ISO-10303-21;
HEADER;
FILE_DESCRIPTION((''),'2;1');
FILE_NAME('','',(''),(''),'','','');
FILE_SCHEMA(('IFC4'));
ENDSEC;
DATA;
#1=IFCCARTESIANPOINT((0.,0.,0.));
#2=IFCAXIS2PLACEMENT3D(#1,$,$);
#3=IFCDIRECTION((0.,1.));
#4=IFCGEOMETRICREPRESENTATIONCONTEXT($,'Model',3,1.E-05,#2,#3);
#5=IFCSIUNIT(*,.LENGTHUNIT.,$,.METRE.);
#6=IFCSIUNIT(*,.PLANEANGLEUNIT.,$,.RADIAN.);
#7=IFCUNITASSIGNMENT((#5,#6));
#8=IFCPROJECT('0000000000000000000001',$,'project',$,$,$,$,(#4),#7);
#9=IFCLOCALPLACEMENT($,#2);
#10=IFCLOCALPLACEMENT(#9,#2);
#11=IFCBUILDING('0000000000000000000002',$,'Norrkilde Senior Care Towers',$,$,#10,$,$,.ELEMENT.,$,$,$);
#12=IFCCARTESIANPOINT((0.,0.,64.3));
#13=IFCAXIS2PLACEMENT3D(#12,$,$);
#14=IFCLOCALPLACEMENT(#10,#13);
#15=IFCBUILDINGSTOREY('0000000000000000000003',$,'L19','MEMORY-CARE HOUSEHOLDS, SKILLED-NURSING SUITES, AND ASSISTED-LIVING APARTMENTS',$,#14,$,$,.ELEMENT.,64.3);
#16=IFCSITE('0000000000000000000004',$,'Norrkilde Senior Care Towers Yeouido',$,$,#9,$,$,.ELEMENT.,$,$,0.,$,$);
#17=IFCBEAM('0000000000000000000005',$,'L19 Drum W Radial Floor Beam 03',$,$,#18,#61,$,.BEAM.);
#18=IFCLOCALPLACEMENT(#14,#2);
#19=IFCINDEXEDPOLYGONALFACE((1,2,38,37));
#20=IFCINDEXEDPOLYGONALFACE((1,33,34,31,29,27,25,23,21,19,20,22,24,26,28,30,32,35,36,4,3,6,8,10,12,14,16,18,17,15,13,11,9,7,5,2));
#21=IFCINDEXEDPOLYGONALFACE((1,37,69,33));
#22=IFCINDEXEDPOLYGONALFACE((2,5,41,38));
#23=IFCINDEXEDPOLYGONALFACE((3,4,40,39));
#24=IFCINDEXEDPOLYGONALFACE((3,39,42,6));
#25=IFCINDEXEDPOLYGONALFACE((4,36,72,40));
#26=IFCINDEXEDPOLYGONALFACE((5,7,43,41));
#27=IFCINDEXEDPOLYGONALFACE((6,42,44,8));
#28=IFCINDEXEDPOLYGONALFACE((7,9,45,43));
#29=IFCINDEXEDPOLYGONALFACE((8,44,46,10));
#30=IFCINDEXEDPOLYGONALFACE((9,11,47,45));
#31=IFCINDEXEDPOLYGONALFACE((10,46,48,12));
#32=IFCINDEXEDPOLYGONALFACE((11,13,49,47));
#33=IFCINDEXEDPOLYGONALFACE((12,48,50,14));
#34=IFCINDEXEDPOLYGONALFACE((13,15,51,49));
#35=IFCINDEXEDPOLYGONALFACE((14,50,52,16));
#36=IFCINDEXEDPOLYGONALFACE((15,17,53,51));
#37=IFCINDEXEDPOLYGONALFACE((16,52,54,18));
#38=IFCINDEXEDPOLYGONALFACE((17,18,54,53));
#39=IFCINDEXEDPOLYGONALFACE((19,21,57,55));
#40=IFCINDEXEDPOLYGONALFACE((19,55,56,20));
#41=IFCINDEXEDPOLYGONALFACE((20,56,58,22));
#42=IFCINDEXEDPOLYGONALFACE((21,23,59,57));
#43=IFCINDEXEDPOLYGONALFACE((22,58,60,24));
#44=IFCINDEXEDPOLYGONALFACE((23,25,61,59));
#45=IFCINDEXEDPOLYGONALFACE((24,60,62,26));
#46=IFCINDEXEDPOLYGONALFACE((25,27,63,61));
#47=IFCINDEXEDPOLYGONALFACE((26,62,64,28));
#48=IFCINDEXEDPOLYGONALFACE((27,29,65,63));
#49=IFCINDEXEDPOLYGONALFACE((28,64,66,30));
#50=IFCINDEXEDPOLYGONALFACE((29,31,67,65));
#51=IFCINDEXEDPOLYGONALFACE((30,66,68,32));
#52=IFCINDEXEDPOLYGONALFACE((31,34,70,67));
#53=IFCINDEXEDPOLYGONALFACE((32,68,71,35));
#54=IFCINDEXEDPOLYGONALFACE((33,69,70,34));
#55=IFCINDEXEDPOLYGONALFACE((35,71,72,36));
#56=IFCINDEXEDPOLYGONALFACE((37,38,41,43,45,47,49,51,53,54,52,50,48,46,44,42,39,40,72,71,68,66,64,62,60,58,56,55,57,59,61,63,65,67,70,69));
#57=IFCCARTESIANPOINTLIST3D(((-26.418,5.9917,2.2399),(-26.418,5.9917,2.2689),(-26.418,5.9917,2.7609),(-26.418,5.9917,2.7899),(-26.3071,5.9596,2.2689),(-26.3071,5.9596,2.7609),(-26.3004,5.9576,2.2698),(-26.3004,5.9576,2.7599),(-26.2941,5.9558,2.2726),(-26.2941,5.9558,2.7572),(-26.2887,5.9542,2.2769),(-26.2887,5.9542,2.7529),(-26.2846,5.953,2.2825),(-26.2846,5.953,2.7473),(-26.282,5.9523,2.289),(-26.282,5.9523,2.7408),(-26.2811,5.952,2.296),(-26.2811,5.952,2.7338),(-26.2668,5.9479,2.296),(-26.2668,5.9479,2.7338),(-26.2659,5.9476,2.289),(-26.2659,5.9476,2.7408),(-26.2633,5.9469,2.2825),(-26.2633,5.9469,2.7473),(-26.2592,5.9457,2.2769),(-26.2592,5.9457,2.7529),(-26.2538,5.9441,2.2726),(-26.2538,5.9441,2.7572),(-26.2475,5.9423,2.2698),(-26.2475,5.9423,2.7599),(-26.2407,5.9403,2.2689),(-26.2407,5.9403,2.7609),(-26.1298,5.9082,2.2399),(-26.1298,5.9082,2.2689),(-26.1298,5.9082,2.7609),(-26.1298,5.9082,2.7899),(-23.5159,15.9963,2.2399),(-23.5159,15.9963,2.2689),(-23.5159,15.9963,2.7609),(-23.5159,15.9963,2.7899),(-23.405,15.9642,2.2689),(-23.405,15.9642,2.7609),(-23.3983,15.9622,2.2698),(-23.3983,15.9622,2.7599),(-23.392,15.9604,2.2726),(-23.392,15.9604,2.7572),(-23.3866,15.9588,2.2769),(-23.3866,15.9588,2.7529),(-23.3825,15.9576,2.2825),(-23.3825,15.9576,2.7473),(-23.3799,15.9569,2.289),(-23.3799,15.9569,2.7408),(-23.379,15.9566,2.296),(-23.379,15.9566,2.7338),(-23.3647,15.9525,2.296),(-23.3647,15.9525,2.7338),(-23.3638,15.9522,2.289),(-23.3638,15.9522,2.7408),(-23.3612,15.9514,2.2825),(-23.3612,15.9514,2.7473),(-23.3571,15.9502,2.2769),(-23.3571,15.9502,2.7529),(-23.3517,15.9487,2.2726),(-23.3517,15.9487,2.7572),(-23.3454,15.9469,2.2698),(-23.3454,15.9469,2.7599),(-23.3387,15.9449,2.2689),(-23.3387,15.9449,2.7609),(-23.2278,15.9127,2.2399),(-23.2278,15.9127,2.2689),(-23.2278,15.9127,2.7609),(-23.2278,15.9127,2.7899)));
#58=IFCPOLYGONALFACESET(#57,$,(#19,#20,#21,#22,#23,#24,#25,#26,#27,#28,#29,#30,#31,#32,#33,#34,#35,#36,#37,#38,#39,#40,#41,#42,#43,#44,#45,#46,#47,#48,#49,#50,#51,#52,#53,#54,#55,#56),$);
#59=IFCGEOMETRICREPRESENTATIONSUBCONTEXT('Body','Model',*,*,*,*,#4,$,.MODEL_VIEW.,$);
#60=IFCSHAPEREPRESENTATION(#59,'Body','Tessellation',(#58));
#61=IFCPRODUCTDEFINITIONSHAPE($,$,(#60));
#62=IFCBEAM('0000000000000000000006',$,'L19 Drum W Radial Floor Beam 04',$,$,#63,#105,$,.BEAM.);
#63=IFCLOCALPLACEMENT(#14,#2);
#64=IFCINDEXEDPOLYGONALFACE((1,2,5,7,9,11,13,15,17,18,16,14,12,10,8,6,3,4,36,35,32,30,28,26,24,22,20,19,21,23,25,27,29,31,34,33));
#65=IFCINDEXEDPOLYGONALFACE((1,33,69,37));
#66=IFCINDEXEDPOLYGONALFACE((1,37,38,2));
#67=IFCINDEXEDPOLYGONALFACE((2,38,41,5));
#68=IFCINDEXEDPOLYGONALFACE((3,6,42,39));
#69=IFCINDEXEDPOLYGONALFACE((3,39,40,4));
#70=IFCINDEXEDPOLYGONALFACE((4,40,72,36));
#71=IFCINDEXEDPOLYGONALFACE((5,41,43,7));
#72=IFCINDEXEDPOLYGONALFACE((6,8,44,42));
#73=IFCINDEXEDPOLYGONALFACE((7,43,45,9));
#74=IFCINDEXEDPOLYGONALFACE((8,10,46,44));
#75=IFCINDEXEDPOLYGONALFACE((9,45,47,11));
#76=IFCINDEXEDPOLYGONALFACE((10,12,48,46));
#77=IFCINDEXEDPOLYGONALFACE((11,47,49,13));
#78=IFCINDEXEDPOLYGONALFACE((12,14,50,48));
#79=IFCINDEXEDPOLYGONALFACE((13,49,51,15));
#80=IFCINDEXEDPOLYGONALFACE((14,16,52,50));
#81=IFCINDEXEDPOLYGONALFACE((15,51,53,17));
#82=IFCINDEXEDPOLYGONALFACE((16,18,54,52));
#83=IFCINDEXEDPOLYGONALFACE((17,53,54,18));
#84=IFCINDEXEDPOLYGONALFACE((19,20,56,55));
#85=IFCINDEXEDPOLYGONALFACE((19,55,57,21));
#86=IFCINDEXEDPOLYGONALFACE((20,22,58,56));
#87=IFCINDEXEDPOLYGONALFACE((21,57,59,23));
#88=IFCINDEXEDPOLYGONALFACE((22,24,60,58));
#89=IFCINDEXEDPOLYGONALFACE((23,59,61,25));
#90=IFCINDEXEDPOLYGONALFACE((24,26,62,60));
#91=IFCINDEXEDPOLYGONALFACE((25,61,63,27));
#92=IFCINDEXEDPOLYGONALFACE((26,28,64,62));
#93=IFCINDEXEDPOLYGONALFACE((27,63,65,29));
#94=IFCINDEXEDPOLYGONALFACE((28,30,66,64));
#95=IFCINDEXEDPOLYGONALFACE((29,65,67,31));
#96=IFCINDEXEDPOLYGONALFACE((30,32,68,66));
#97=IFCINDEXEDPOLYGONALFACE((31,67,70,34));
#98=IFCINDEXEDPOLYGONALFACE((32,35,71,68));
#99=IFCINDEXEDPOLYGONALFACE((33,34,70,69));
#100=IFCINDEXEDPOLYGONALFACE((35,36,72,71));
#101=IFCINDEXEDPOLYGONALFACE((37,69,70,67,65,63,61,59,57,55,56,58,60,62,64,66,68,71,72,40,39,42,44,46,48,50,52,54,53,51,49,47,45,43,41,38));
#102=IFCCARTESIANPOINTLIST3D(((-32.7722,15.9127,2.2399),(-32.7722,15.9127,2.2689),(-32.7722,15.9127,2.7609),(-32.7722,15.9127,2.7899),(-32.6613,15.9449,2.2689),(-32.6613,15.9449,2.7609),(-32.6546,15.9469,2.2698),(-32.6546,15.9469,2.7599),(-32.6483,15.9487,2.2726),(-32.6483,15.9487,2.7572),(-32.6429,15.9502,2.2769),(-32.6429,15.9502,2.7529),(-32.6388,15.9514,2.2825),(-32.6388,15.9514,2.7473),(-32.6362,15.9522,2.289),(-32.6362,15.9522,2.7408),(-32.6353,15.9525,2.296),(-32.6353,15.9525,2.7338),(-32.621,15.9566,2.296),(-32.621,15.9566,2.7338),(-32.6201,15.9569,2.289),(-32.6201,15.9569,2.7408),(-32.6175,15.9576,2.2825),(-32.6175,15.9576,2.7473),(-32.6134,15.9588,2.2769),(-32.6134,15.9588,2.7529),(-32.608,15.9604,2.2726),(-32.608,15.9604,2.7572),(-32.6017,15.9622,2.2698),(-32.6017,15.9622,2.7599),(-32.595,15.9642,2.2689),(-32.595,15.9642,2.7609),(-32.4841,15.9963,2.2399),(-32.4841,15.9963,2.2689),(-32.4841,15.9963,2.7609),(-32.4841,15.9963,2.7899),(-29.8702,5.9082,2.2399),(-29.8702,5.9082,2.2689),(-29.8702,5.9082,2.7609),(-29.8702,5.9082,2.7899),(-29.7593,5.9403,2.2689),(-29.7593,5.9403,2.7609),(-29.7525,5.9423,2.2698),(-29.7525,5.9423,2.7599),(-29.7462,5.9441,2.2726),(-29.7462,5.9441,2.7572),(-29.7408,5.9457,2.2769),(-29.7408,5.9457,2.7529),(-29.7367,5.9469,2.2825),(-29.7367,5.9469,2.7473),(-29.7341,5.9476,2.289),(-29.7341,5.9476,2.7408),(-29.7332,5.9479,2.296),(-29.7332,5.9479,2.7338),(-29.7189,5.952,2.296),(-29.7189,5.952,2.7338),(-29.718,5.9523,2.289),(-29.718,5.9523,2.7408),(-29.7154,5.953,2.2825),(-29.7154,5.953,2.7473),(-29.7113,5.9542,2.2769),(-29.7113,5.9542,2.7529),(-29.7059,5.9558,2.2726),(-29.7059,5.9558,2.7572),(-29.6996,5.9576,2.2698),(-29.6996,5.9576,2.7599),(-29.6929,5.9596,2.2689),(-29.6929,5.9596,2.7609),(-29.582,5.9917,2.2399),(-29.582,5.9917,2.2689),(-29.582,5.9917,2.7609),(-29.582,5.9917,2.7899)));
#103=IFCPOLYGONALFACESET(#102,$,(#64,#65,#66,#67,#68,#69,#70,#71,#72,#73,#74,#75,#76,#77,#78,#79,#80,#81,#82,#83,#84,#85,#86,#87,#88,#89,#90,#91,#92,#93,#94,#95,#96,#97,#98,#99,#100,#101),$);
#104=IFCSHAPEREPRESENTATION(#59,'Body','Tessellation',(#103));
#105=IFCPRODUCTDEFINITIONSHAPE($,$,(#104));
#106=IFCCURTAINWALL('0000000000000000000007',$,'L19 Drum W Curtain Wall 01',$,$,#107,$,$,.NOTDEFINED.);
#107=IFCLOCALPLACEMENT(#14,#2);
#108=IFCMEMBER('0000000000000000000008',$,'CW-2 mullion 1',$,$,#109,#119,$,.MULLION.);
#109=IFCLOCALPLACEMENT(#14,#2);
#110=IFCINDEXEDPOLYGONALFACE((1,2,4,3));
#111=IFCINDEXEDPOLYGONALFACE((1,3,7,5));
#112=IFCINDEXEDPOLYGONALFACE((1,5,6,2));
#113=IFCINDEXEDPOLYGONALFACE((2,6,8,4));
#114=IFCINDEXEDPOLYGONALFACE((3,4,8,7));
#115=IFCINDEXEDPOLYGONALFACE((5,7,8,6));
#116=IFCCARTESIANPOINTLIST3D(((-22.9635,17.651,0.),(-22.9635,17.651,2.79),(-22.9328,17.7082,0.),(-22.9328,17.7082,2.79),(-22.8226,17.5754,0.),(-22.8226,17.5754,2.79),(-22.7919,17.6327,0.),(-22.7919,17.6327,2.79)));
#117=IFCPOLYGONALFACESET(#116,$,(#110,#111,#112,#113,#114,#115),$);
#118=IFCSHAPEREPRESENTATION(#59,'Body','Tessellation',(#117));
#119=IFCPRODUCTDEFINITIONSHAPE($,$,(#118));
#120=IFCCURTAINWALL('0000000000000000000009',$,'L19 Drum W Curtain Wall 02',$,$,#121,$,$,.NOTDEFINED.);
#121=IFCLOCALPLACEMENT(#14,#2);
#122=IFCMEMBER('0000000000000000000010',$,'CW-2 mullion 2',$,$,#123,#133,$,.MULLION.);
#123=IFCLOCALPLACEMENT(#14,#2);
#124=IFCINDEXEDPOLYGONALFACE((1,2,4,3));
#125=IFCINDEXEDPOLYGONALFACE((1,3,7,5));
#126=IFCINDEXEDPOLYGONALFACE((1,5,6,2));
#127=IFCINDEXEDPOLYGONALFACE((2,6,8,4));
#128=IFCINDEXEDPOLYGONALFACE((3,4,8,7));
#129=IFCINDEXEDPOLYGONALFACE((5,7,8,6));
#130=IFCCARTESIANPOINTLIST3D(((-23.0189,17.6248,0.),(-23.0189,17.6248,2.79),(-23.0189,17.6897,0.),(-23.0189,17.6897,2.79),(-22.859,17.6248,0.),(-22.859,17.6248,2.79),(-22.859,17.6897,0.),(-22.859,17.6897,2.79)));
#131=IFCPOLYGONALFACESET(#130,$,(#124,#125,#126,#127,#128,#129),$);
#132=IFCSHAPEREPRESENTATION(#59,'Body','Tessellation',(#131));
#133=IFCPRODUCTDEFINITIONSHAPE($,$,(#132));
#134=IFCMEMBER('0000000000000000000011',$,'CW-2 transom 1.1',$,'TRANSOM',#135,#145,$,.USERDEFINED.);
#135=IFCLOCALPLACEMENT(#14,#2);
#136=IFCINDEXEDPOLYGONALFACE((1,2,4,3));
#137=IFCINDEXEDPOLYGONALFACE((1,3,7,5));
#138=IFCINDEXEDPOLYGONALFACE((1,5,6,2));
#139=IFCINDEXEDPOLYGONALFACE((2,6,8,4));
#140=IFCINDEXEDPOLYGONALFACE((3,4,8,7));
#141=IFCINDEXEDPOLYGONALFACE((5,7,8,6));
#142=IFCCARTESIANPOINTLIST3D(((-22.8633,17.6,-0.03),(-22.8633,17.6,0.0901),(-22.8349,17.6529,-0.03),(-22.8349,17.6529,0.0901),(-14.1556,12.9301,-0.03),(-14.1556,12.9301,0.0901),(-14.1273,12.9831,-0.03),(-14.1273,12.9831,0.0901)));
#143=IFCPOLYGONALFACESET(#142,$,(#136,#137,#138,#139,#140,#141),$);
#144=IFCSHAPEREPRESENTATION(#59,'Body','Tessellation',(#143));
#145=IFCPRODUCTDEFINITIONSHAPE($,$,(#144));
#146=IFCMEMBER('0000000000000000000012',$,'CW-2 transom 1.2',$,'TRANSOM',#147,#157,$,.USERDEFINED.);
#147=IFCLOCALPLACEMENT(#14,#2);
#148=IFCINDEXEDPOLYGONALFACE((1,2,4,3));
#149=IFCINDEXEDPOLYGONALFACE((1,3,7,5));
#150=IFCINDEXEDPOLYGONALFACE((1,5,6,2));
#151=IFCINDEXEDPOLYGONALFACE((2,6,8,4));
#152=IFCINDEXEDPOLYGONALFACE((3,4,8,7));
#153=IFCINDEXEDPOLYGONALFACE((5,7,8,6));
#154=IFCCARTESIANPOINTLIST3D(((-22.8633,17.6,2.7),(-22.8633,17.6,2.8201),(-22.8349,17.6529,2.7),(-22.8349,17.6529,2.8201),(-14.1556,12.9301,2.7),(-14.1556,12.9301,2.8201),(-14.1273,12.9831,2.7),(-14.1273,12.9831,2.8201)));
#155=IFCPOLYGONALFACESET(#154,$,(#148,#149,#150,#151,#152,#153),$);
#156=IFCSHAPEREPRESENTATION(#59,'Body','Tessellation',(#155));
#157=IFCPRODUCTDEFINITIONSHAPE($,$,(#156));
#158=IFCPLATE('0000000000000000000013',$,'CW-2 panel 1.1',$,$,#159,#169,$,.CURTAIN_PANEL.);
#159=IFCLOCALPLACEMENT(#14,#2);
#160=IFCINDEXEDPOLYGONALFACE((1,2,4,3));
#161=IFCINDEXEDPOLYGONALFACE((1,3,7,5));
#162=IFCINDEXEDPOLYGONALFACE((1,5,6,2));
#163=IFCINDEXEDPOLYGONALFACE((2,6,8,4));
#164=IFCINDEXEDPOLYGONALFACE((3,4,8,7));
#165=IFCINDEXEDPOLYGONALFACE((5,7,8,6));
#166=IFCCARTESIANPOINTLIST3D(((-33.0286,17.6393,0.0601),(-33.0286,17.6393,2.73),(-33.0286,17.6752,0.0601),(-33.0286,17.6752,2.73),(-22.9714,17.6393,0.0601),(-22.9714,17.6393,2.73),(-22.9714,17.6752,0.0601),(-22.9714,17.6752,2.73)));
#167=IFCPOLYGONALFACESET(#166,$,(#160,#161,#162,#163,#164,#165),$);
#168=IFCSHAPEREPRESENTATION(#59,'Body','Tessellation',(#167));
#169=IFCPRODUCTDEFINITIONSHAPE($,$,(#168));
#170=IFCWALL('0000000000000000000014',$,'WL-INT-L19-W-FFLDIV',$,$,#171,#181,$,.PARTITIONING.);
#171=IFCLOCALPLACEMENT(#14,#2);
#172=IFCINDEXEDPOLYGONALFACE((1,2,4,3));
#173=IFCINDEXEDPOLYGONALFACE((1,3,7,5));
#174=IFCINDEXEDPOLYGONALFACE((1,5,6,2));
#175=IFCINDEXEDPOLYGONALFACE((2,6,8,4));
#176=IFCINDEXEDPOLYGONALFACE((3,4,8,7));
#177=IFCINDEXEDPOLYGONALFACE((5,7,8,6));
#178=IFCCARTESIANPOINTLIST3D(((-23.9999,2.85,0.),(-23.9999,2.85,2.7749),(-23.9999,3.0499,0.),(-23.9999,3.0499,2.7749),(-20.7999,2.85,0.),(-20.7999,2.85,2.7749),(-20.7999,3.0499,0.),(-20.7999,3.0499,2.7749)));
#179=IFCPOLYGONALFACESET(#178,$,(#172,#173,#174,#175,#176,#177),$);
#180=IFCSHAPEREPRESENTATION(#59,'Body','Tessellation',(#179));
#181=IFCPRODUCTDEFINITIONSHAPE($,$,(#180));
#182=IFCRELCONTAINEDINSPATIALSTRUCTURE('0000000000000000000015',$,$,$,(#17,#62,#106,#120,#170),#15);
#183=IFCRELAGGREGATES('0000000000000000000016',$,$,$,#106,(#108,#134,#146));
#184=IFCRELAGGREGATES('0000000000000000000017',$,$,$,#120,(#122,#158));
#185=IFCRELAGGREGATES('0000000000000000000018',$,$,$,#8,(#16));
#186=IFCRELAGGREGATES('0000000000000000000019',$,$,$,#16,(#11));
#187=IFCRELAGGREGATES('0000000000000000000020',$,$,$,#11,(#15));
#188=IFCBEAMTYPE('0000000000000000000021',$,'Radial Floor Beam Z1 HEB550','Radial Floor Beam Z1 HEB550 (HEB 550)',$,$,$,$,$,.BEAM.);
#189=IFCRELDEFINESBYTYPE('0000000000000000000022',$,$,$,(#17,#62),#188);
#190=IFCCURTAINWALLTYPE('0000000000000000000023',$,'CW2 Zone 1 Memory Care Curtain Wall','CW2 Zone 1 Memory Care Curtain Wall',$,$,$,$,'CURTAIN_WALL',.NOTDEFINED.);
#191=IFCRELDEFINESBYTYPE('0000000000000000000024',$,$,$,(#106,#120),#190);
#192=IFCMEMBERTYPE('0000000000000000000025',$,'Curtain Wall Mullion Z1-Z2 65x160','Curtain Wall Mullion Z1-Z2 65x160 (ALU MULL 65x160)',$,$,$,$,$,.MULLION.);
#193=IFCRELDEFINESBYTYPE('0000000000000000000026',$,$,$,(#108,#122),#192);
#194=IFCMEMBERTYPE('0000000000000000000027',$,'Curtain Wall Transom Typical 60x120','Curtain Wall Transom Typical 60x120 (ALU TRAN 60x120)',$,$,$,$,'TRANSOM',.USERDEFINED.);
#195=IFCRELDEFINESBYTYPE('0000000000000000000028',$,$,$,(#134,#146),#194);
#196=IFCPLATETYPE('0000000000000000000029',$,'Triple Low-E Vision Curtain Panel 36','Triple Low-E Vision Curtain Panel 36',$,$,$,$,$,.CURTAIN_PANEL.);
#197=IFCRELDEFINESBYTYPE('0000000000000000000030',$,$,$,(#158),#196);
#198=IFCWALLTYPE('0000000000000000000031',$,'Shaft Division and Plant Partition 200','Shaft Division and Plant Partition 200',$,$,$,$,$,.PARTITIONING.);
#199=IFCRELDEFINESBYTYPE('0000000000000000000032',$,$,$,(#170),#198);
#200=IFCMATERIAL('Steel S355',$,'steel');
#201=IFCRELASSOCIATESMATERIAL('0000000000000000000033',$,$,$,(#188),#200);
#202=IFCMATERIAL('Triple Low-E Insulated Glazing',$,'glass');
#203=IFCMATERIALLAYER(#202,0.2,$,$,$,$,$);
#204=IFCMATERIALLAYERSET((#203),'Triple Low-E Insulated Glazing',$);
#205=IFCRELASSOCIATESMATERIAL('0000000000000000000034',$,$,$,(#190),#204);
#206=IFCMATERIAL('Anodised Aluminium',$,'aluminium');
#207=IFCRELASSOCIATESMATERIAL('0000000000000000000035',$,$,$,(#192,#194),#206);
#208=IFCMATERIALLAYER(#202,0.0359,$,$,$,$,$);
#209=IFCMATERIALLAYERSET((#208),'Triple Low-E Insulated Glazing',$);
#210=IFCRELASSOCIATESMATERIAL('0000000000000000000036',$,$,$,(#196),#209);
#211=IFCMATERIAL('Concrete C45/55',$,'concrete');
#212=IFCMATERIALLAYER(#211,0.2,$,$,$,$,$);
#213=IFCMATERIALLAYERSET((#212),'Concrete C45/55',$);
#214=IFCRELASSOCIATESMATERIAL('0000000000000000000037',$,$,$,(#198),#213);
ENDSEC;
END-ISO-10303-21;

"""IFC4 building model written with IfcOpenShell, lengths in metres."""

from ifc_helpers import new_model, si_unit, direction, frame, frame_2d, origin, origin_2d, place, context, subcontext, project, spatial, rectangle, i_section, extrude, source, transform, mapped, material, layer, layer_set, material_profile, profile_set, type_object, type_shapes, element, aggregate, save


model = new_model("IFC4")

# Units and contexts
model_context = context("Model", 3, precision=1e-05, world=origin(), true_north=direction((0.0, 1.0)))
body_context = subcontext(model_context, "Body", "Model", "MODEL_VIEW")
ifc_project = project(units=[si_unit("LENGTHUNIT", "METRE"), si_unit("PLANEANGLEUNIT", "RADIAN")], contexts=[model_context])

# Site, building, storey
site_placement = place(None, origin())
site = spatial("IfcSite", under=ifc_project, at=site_placement, Name="Norrkilde Senior Care Towers Yeouido", CompositionType="ELEMENT", RefElevation=0.0)
building_placement = place(site_placement, origin())
building = spatial("IfcBuilding", under=site, at=building_placement, Name="Norrkilde Senior Care Towers", CompositionType="ELEMENT")
storey_placement = place(building_placement, frame((0.0, 0.0, 64.3)))
storey = spatial("IfcBuildingStorey", under=building, at=storey_placement, Name="L19", Description="MEMORY-CARE HOUSEHOLDS, SKILLED-NURSING SUITES, AND ASSISTED-LIVING APARTMENTS", CompositionType="ELEMENT", Elevation=64.3)

# Beams
ifc_material_1 = material(Name="Steel S355", Category="steel")
ifc_material_profile_1 = material_profile(ifc_material_1, i_section(OverallWidth=0.3, OverallDepth=0.55, WebThickness=0.0149, FlangeThickness=0.0291, FilletRadius=0.0271, at=origin_2d()), Name="HEB 550")
ifc_profile_set_1 = profile_set([ifc_material_profile_1], Name="Steel S355")
beam_type_1 = type_object("IfcBeamType", Name="Radial Floor Beam Z1 HEB550", Description="Radial Floor Beam Z1 HEB550 (HEB 550)", PredefinedType="BEAM", material=ifc_profile_set_1)
shared_shape_1 = source(origin(), body_context, "Body", "SweptSolid", [
    extrude(i_section(OverallWidth=0.3, OverallDepth=0.55, WebThickness=0.0149, FlangeThickness=0.0291, FilletRadius=0.0271, at=origin_2d()), origin(), (0.0, 0.0, 1.0), 10.417),
])
for number, where, z_axis, x_axis, name in (
    (1, (-26.2739, 5.95, 2.5149), (0.278591, 0.96041, 0.0), (-0.96041, 0.278591, 0.0), "L19 Drum W Radial Floor Beam 03"),
    (2, (-29.7261, 5.95, 2.5149), (-0.278591, 0.96041, 0.0), (-0.96041, -0.278591, 0.0), "L19 Drum W Radial Floor Beam 04"),
):
    element("IfcBeam", number, at=place(storey_placement, frame(where, z_axis=z_axis, x_axis=x_axis)), inside=storey, type_object=beam_type_1, Name=name, PredefinedType="BEAM", context=body_context, shape_type="MappedRepresentation", body=[
        mapped(shared_shape_1, transform((0.0, 0.0, 0.0), x_axis=(1.0, 0.0, 0.0), y_axis=(0.0, 1.0, 0.0), z_axis=(0.0, 0.0, 1.0), scale=1.0)),
    ])

# Curtain walls, members
ifc_material_2 = material(Name="Triple Low-E Insulated Glazing", Category="glass")
ifc_layer_1 = layer(ifc_material_2, 0.2)
ifc_layer_set_1 = layer_set([ifc_layer_1], Name="Triple Low-E Insulated Glazing")
curtain_wall_type = type_object("IfcCurtainWallType", Name="CW2 Zone 1 Memory Care Curtain Wall", Description="CW2 Zone 1 Memory Care Curtain Wall", ElementType="CURTAIN_WALL", PredefinedType="NOTDEFINED", material=ifc_layer_set_1)
curtain_wall_1_placement = place(storey_placement, origin())
curtain_wall_1 = element("IfcCurtainWall", 3, at=curtain_wall_1_placement, inside=storey, type_object=curtain_wall_type, Name="L19 Drum W Curtain Wall 01", PredefinedType="NOTDEFINED")
ifc_material_3 = material(Name="Anodised Aluminium", Category="aluminium")
ifc_material_profile_2 = material_profile(ifc_material_3, rectangle(XDim=0.0649, YDim=0.1599, at=origin_2d()), Name="ALU MULL 65x160")
ifc_profile_set_2 = profile_set([ifc_material_profile_2], Name="Anodised Aluminium")
member_type_1 = type_object("IfcMemberType", Name="Curtain Wall Mullion Z1-Z2 65x160", Description="Curtain Wall Mullion Z1-Z2 65x160 (ALU MULL 65x160)", PredefinedType="MULLION", material=ifc_profile_set_2)
shared_shape_2 = source(origin(), body_context, "Body", "SweptSolid", [
    extrude(rectangle(XDim=0.0649, YDim=0.1599, at=origin_2d()), origin(), (0.0, 0.0, 1.0), 2.79),
])
type_shapes(member_type_1, [shared_shape_2])
member_1_placement = place(storey_placement, frame((-22.8777, 17.6418, 0.0), z_axis=(0.0, 0.0, 1.0), x_axis=(0.472608, 0.881273, 0.0)))
member_1 = element("IfcMember", 4, at=member_1_placement, type_object=member_type_1, Name="CW-2 mullion 1", PredefinedType="MULLION", context=body_context, shape_type="MappedRepresentation", body=[
    mapped(shared_shape_2, transform((0.0, 0.0, 0.0), x_axis=(1.0, 0.0, 0.0), y_axis=(0.0, 1.0, 0.0), z_axis=(0.0, 0.0, 1.0), scale=1.0)),
])
curtain_wall_2_placement = place(storey_placement, origin())
curtain_wall_2 = element("IfcCurtainWall", 5, at=curtain_wall_2_placement, inside=storey, type_object=curtain_wall_type, Name="L19 Drum W Curtain Wall 02", PredefinedType="NOTDEFINED")
member_2_placement = place(storey_placement, frame((-22.939, 17.6572, 0.0), z_axis=(0.0, 0.0, 1.0), x_axis=(0.0, 1.0, 0.0)))
member_2 = element("IfcMember", 6, at=member_2_placement, type_object=member_type_1, Name="CW-2 mullion 2", PredefinedType="MULLION", context=body_context, shape_type="MappedRepresentation", body=[
    mapped(shared_shape_2, transform((0.0, 0.0, 0.0), x_axis=(1.0, 0.0, 0.0), y_axis=(0.0, 1.0, 0.0), z_axis=(0.0, 0.0, 1.0), scale=1.0)),
])

# Members
ifc_material_profile_3 = material_profile(ifc_material_3, rectangle(XDim=0.0601, YDim=0.1201, at=origin_2d()), Name="ALU TRAN 60x120")
ifc_profile_set_3 = profile_set([ifc_material_profile_3], Name="Anodised Aluminium")
member_type_2 = type_object("IfcMemberType", Name="Curtain Wall Transom Typical 60x120", Description="Curtain Wall Transom Typical 60x120 (ALU TRAN 60x120)", ElementType="TRANSOM", PredefinedType="USERDEFINED", material=ifc_profile_set_3)
shared_shape_3 = source(origin(), body_context, "Body", "SweptSolid", [
    extrude(rectangle(XDim=0.0601, YDim=0.1201, at=origin_2d()), origin(), (0.0, 0.0, 1.0), 9.8809),
])
type_shapes(member_type_2, [shared_shape_3])
member_3_placement = place(storey_placement, frame((-22.8491, 17.6265, 0.03), z_axis=(0.881267, -0.472618, 0.0), x_axis=(0.472618, 0.881267, 0.0)))
member_3 = element("IfcMember", 7, at=member_3_placement, type_object=member_type_2, Name="CW-2 transom 1.1", ObjectType="TRANSOM", PredefinedType="USERDEFINED", context=body_context, shape_type="MappedRepresentation", body=[
    mapped(shared_shape_3, transform((0.0, 0.0, 0.0), x_axis=(1.0, 0.0, 0.0), y_axis=(0.0, 1.0, 0.0), z_axis=(0.0, 0.0, 1.0), scale=1.0)),
])
member_4_placement = place(storey_placement, frame((-22.8491, 17.6265, 2.76), z_axis=(0.881267, -0.472618, 0.0), x_axis=(0.472618, 0.881267, 0.0)))
member_4 = element("IfcMember", 8, at=member_4_placement, type_object=member_type_2, Name="CW-2 transom 1.2", ObjectType="TRANSOM", PredefinedType="USERDEFINED", context=body_context, shape_type="MappedRepresentation", body=[
    mapped(shared_shape_3, transform((0.0, 0.0, 0.0), x_axis=(1.0, 0.0, 0.0), y_axis=(0.0, 1.0, 0.0), z_axis=(0.0, 0.0, 1.0), scale=1.0)),
])
aggregate(curtain_wall_1, [member_1, member_3, member_4])

# Plate
ifc_layer_2 = layer(ifc_material_2, 0.0359)
ifc_layer_set_2 = layer_set([ifc_layer_2], Name="Triple Low-E Insulated Glazing")
plate_type = type_object("IfcPlateType", Name="Triple Low-E Vision Curtain Panel 36", Description="Triple Low-E Vision Curtain Panel 36", PredefinedType="CURTAIN_PANEL", material=ifc_layer_set_2)
shared_shape_4 = source(origin(), body_context, "Body", "SweptSolid", [
    extrude(rectangle(XDim=10.0571, YDim=0.0359, at=origin_2d()), origin(), (0.0, 0.0, 1.0), 2.6699),
])
type_shapes(plate_type, [shared_shape_4])
plate_placement = place(storey_placement, frame((-28.0, 17.6572, 0.0601), z_axis=(0.0, 0.0, 1.0), x_axis=(1.0, 0.0, 0.0)))
plate = element("IfcPlate", 9, at=plate_placement, type_object=plate_type, Name="CW-2 panel 1.1", PredefinedType="CURTAIN_PANEL", context=body_context, shape_type="MappedRepresentation", body=[
    mapped(shared_shape_4, transform((0.0, 0.0, 0.0), x_axis=(1.0, 0.0, 0.0), y_axis=(0.0, 1.0, 0.0), z_axis=(0.0, 0.0, 1.0), scale=1.0)),
])
aggregate(curtain_wall_2, [member_2, plate])

# Wall
ifc_material_4 = material(Name="Concrete C45/55", Category="concrete")
ifc_layer_3 = layer(ifc_material_4, 0.2)
ifc_layer_set_3 = layer_set([ifc_layer_3], Name="Concrete C45/55")
wall_type_1 = type_object("IfcWallType", Name="Shaft Division and Plant Partition 200", Description="Shaft Division and Plant Partition 200", PredefinedType="PARTITIONING", material=ifc_layer_set_3)
shared_shape_5 = source(origin(), body_context, "Body", "SweptSolid", [
    extrude(rectangle(XDim=3.2, YDim=0.2, at=frame_2d((1.6001, 0.0))), origin(), (0.0, 0.0, 1.0), 2.7749),
])
type_shapes(wall_type_1, [shared_shape_5])
wall_1_placement = place(storey_placement, frame((-24.0, 2.95, 0.0), z_axis=(0.0, 0.0, 1.0), x_axis=(1.0, 0.0, 0.0)))
element("IfcWall", 10, at=wall_1_placement, inside=storey, type_object=wall_type_1, Name="WL-INT-L19-W-FFLDIV", PredefinedType="PARTITIONING", context=body_context, shape_type="MappedRepresentation", body=[
    mapped(shared_shape_5, transform((0.0, 0.0, 0.0), x_axis=(1.0, 0.0, 0.0), y_axis=(0.0, 1.0, 0.0), z_axis=(0.0, 0.0, 1.0), scale=1.0)),
])

save(model, "model.ifc")
